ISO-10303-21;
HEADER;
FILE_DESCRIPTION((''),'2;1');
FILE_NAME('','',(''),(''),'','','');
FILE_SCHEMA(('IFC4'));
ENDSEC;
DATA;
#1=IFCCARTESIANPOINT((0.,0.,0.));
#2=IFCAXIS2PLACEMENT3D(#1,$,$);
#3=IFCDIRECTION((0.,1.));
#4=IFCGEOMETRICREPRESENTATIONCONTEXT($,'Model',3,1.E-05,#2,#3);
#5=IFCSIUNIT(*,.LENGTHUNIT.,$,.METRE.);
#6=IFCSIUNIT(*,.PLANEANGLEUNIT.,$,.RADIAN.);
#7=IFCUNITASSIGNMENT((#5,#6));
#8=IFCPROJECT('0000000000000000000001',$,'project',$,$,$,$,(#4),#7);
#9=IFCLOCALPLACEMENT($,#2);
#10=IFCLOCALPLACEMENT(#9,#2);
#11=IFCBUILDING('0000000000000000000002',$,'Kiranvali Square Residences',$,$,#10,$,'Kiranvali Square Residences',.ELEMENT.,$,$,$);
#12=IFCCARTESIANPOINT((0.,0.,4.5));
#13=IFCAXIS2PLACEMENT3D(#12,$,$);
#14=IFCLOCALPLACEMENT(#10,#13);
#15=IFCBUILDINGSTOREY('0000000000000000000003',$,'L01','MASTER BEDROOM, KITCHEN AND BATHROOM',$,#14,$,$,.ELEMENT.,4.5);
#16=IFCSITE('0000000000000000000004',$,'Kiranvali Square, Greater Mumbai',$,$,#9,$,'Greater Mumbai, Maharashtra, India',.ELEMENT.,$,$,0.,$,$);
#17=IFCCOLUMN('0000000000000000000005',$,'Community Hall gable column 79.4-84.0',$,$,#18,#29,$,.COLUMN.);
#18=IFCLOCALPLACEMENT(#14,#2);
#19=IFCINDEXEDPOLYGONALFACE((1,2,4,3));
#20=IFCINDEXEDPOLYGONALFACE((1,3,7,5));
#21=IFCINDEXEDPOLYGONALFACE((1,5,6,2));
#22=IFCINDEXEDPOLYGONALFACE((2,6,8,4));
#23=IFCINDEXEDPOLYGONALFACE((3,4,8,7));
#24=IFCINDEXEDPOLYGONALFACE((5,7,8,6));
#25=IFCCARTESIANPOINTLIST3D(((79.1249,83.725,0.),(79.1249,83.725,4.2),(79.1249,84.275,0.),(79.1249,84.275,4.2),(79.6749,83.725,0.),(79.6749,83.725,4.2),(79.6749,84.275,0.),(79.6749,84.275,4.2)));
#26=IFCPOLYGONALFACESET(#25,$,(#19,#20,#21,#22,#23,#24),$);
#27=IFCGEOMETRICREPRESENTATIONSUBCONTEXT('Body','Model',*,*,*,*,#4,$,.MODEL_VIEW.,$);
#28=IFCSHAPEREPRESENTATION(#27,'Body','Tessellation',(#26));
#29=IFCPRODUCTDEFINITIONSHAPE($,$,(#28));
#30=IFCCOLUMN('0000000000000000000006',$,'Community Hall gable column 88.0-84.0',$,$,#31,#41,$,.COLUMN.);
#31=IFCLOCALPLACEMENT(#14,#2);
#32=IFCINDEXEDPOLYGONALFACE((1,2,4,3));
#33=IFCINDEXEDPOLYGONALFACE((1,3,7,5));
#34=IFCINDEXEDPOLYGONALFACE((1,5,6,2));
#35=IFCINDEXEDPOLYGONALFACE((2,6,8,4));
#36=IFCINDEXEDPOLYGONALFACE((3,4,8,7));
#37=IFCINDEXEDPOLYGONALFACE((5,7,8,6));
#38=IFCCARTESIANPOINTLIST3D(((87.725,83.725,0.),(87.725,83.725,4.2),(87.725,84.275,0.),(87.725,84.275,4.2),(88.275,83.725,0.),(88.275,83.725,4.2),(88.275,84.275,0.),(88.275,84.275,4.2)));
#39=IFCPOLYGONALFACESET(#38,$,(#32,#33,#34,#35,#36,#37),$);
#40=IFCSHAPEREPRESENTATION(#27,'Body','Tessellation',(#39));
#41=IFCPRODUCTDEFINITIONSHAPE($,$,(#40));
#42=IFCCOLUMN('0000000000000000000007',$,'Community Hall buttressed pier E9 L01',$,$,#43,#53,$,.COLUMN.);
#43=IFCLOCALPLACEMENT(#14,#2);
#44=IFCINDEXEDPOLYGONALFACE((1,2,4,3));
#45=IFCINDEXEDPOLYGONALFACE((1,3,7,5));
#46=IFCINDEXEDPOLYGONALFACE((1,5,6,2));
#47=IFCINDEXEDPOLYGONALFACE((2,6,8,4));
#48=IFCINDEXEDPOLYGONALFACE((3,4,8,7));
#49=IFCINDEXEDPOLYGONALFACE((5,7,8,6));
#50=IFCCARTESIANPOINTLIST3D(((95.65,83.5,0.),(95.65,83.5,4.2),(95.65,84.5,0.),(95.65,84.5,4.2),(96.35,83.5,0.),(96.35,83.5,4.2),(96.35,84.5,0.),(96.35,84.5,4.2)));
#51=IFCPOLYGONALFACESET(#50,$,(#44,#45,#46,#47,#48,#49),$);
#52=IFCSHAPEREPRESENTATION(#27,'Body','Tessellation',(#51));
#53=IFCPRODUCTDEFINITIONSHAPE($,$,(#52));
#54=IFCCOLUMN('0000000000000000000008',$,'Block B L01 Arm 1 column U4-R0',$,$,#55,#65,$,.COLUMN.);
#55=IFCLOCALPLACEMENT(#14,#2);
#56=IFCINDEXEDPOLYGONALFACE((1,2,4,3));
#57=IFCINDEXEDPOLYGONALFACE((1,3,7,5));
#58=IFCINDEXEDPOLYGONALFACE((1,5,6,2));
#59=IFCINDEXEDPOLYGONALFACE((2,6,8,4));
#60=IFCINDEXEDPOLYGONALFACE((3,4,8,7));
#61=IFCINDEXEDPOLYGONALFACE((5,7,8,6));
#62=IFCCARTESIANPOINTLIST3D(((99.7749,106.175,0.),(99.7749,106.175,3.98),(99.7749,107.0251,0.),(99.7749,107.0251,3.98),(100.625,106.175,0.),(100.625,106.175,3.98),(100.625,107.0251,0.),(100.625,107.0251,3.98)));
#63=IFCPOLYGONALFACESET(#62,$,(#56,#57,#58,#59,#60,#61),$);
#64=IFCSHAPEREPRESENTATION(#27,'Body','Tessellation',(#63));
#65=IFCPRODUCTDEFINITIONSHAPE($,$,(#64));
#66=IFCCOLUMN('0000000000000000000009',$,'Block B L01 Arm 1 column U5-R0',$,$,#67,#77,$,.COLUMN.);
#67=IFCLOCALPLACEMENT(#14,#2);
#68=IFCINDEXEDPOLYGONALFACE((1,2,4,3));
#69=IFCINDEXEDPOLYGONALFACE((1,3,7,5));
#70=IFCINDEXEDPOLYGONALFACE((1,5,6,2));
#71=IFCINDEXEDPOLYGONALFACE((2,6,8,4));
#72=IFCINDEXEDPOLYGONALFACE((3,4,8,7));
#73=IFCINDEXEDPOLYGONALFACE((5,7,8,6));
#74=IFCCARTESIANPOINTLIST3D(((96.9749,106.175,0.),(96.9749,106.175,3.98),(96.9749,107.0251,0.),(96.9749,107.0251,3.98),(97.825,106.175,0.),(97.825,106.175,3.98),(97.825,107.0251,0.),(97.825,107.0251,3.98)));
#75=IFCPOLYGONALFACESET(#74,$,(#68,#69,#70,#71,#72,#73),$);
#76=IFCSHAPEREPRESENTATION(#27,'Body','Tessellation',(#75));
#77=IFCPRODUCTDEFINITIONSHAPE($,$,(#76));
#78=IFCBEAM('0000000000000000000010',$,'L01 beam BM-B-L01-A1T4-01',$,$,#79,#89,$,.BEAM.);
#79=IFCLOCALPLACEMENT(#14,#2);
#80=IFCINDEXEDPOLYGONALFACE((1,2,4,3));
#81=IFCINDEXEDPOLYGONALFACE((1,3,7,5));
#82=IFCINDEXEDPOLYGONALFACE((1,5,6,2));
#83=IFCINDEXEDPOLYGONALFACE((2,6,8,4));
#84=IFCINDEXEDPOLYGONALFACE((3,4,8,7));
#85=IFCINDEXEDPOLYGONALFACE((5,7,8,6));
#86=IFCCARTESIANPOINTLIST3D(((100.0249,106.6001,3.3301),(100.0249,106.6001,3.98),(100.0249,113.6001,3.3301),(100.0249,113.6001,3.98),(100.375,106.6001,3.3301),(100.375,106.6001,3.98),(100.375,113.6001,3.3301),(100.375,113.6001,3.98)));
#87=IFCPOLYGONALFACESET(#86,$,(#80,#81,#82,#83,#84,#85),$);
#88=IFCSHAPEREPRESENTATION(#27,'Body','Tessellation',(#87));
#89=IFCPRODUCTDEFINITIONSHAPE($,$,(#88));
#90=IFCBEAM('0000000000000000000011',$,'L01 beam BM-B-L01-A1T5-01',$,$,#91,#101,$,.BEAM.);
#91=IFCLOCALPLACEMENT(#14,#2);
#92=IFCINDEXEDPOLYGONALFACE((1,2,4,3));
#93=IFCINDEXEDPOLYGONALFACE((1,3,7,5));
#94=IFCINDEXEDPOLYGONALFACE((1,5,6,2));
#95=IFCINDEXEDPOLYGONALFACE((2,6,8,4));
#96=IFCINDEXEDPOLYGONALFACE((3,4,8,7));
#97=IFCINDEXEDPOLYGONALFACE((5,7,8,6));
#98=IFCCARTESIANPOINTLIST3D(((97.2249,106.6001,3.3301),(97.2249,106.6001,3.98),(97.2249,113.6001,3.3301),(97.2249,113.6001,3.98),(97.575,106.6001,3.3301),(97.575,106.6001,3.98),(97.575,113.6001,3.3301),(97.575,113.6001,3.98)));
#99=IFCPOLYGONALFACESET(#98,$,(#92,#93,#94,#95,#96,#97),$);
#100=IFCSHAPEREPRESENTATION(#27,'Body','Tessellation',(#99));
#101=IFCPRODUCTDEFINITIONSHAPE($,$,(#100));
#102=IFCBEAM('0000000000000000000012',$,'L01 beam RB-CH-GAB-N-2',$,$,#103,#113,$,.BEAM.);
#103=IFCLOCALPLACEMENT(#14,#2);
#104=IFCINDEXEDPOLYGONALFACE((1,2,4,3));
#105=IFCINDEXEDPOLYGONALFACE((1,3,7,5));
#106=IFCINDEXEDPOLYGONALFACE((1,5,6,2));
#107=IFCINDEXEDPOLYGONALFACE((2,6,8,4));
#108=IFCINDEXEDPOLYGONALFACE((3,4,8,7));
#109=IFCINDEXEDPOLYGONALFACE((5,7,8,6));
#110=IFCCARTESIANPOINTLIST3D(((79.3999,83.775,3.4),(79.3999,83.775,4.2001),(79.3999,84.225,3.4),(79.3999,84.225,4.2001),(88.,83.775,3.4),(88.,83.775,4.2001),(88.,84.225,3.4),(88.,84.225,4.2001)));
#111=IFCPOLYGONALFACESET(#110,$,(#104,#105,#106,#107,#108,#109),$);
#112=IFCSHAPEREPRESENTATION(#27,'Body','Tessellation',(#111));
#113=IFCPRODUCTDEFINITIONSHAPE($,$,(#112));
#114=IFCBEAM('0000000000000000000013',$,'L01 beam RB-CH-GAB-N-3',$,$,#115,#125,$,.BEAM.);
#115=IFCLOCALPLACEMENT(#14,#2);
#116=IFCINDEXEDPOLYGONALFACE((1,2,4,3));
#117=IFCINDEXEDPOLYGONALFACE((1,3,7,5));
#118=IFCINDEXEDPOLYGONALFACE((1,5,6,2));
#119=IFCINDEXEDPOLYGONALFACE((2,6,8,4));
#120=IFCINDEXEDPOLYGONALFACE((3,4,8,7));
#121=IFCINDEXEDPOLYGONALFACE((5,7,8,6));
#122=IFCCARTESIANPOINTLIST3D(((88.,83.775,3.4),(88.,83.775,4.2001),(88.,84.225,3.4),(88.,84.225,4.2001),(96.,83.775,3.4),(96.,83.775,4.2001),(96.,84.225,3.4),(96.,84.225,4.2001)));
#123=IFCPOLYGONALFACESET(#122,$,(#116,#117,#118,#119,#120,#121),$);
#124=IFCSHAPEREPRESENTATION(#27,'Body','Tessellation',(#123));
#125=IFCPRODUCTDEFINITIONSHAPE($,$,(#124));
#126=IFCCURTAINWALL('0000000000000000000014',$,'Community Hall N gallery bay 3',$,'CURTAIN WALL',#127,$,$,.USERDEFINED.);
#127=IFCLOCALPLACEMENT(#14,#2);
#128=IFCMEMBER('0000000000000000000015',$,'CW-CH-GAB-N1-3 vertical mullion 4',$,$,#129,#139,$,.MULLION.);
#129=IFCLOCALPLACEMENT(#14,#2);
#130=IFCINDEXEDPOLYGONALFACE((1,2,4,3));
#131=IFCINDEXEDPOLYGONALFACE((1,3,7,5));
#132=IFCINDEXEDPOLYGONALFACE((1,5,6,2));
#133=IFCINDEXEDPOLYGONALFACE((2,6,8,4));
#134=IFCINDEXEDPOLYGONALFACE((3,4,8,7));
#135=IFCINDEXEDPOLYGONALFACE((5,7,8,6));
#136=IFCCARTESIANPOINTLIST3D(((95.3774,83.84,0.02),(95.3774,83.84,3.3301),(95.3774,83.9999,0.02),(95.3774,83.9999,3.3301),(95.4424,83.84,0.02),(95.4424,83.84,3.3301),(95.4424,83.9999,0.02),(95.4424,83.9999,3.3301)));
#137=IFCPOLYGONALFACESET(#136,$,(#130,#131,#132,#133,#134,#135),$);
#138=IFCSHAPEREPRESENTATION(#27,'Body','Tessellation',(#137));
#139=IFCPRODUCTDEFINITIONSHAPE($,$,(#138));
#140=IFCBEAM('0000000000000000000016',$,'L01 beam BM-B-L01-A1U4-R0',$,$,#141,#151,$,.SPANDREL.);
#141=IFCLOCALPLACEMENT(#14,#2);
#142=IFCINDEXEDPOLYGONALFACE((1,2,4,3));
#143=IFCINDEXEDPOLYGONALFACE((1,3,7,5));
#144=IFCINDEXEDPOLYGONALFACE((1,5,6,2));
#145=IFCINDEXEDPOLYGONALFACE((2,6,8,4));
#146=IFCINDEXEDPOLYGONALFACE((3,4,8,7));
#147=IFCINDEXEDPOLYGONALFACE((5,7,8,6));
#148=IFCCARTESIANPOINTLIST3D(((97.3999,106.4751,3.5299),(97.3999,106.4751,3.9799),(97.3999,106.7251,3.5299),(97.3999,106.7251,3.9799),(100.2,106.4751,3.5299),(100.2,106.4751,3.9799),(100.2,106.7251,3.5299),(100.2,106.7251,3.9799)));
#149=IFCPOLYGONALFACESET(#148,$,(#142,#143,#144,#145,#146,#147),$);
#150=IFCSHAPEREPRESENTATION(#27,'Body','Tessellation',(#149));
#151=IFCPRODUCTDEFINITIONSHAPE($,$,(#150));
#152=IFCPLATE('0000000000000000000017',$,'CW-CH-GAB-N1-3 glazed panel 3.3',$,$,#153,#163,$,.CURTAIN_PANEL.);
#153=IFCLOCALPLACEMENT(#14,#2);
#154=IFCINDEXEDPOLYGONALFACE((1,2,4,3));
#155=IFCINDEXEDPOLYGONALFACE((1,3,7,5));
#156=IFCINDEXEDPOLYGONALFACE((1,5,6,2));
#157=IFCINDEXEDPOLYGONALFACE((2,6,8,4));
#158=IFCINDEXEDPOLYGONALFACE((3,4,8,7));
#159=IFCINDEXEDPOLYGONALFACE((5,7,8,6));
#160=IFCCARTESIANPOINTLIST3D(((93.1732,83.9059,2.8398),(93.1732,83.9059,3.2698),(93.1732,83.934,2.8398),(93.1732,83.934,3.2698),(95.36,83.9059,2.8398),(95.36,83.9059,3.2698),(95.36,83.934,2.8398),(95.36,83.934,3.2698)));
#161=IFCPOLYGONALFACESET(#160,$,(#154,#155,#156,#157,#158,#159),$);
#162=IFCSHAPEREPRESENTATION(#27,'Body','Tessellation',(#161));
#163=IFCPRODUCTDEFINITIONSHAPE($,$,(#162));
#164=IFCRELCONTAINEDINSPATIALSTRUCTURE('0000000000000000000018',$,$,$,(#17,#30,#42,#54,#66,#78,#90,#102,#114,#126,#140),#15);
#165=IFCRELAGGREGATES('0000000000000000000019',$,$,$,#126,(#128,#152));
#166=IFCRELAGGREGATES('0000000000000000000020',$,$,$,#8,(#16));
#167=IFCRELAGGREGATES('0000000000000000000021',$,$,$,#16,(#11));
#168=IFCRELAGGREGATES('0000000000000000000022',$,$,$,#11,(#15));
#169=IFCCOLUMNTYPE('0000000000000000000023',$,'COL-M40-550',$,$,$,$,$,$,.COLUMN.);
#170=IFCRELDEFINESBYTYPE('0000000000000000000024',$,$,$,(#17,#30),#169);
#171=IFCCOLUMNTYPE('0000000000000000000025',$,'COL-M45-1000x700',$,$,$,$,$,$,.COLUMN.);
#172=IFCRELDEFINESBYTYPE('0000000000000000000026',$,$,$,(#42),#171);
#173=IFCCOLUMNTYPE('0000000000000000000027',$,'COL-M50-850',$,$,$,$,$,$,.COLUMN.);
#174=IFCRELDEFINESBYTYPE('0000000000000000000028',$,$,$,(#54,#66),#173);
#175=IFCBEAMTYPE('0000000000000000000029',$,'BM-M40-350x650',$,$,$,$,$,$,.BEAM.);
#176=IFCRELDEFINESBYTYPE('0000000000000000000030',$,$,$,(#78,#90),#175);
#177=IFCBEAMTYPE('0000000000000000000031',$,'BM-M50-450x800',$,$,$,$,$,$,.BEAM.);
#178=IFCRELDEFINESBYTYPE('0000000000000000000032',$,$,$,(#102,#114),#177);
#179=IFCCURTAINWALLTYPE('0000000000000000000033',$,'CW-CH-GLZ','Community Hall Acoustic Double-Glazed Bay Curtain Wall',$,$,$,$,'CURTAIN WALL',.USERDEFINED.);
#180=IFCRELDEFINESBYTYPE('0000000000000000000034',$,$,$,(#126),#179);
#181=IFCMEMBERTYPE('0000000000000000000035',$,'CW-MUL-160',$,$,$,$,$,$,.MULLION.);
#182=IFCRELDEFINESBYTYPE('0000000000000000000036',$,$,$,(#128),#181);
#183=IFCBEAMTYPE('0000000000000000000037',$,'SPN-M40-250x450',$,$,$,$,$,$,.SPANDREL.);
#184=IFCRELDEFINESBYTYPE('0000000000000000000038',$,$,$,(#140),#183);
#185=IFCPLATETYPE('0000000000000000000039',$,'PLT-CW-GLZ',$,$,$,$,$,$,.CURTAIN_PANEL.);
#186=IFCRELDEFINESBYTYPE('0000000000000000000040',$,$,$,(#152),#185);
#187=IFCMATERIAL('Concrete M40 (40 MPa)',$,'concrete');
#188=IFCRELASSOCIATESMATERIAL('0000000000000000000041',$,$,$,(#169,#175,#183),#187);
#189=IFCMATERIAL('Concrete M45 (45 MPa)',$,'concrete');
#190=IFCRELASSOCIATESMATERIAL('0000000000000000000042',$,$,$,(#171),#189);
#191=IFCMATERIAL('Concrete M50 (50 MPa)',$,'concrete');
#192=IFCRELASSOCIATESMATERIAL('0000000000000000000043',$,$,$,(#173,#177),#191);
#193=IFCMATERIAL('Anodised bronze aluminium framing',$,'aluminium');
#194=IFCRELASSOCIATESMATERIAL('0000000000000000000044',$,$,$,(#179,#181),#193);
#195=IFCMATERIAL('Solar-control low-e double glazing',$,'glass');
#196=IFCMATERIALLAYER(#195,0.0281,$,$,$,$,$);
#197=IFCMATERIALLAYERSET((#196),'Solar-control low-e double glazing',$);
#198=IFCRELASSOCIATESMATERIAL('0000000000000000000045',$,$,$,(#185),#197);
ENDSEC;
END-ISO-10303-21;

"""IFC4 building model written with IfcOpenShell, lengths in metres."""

from ifc_helpers import new_model, si_unit, direction, frame, origin, origin_2d, place, context, subcontext, project, spatial, rectangle, extrude, material, layer, layer_set, material_profile, profile_set, type_object, element, aggregate, save


model = new_model("IFC4")

# Units and contexts
model_context = context("Model", 3, precision=1e-05, world=origin(), true_north=direction((0.0, 1.0)))
body_context = subcontext(model_context, "Body", "Model", "MODEL_VIEW")
ifc_project = project(units=[si_unit("LENGTHUNIT", "METRE"), si_unit("PLANEANGLEUNIT", "RADIAN")], contexts=[model_context])

# Site, building, storey
site_placement = place(None, origin())
site = spatial("IfcSite", under=ifc_project, at=site_placement, Name="Kiranvali Square, Greater Mumbai", LongName="Greater Mumbai, Maharashtra, India", CompositionType="ELEMENT", RefElevation=0.0)
building_placement = place(site_placement, origin())
building = spatial("IfcBuilding", under=site, at=building_placement, Name="Kiranvali Square Residences", LongName="Kiranvali Square Residences", CompositionType="ELEMENT")
storey_placement = place(building_placement, frame((0.0, 0.0, 4.5)))
storey = spatial("IfcBuildingStorey", under=building, at=storey_placement, Name="L01", Description="MASTER BEDROOM, KITCHEN AND BATHROOM", CompositionType="ELEMENT", Elevation=4.5)

# Columns
ifc_material_1 = material(Name="Concrete M40 (40 MPa)", Category="concrete")
ifc_material_profile_1 = material_profile(ifc_material_1, rectangle(XDim=0.55, YDim=0.55, at=origin_2d()), Name="RC 550x550")
ifc_profile_set_1 = profile_set([ifc_material_profile_1], Name="Concrete M40 (40 MPa)")
column_type_1 = type_object("IfcColumnType", Name="COL-M40-550", PredefinedType="COLUMN", material=ifc_profile_set_1)
for number, where, z_axis, x_axis, name in (
    (1, (79.3999, 84.0, 0.0), (0.0, 0.0, 1.0), (1.0, 0.0, 0.0), "Community Hall gable column 79.4-84.0"),
    (2, (88.0, 84.0, 0.0), (0.0, 0.0, 1.0), (1.0, 0.0, 0.0), "Community Hall gable column 88.0-84.0"),
):
    element("IfcColumn", number, at=place(storey_placement, frame(where, z_axis=z_axis, x_axis=x_axis)), inside=storey, type_object=column_type_1, Name=name, PredefinedType="COLUMN", context=body_context, shape_type="SweptSolid", body=[
        extrude(rectangle(XDim=0.55, YDim=0.55, at=origin_2d()), origin(), (0.0, 0.0, 1.0), 4.2),
    ])
ifc_material_2 = material(Name="Concrete M45 (45 MPa)", Category="concrete")
ifc_material_profile_2 = material_profile(ifc_material_2, rectangle(XDim=0.7, YDim=1.0, at=origin_2d()), Name="RC 1000x700")
ifc_profile_set_2 = profile_set([ifc_material_profile_2], Name="Concrete M45 (45 MPa)")
column_type_2 = type_object("IfcColumnType", Name="COL-M45-1000x700", PredefinedType="COLUMN", material=ifc_profile_set_2)
column_placement = place(storey_placement, frame((96.0, 84.0, 0.0), z_axis=(0.0, 0.0, 1.0), x_axis=(1.0, 0.0, 0.0)))
element("IfcColumn", 3, at=column_placement, inside=storey, type_object=column_type_2, Name="Community Hall buttressed pier E9 L01", PredefinedType="COLUMN", context=body_context, shape_type="SweptSolid", body=[
    extrude(rectangle(XDim=0.7, YDim=1.0, at=origin_2d()), origin(), (0.0, 0.0, 1.0), 4.2),
])
ifc_material_3 = material(Name="Concrete M50 (50 MPa)", Category="concrete")
ifc_material_profile_3 = material_profile(ifc_material_3, rectangle(XDim=0.8501, YDim=0.8501, at=origin_2d()), Name="RC 850x850")
ifc_profile_set_3 = profile_set([ifc_material_profile_3], Name="Concrete M50 (50 MPa)")
column_type_3 = type_object("IfcColumnType", Name="COL-M50-850", PredefinedType="COLUMN", material=ifc_profile_set_3)
for number, where, z_axis, x_axis, name in (
    (4, (100.2, 106.6001, 0.0), (0.0, 0.0, 1.0), (1.0, 0.0, 0.0), "Block B L01 Arm 1 column U4-R0"),
    (5, (97.3999, 106.6001, 0.0), (0.0, 0.0, 1.0), (1.0, 0.0, 0.0), "Block B L01 Arm 1 column U5-R0"),
):
    element("IfcColumn", number, at=place(storey_placement, frame(where, z_axis=z_axis, x_axis=x_axis)), inside=storey, type_object=column_type_3, Name=name, PredefinedType="COLUMN", context=body_context, shape_type="SweptSolid", body=[
        extrude(rectangle(XDim=0.8501, YDim=0.8501, at=origin_2d()), origin(), (0.0, 0.0, 1.0), 3.98),
    ])

# Beams
ifc_material_profile_4 = material_profile(ifc_material_1, rectangle(XDim=0.3501, YDim=0.6499, at=origin_2d()), Name="RC 350x650")
ifc_profile_set_4 = profile_set([ifc_material_profile_4], Name="Concrete M40 (40 MPa)")
beam_type_1 = type_object("IfcBeamType", Name="BM-M40-350x650", PredefinedType="BEAM", material=ifc_profile_set_4)
for number, where, z_axis, x_axis, name in (
    (6, (100.2, 106.6001, 3.655), (0.0, 1.0, 0.0), (-1.0, 0.0, 0.0), "L01 beam BM-B-L01-A1T4-01"),
    (7, (97.3999, 106.6001, 3.655), (0.0, 1.0, 0.0), (-1.0, 0.0, 0.0), "L01 beam BM-B-L01-A1T5-01"),
):
    element("IfcBeam", number, at=place(storey_placement, frame(where, z_axis=z_axis, x_axis=x_axis)), inside=storey, type_object=beam_type_1, Name=name, PredefinedType="BEAM", context=body_context, shape_type="SweptSolid", body=[
        extrude(rectangle(XDim=0.3501, YDim=0.6499, at=origin_2d()), origin(), (0.0, 0.0, 1.0), 7.0),
    ])
ifc_material_profile_5 = material_profile(ifc_material_3, rectangle(XDim=0.45, YDim=0.8, at=origin_2d()), Name="RC 450x800")
ifc_profile_set_5 = profile_set([ifc_material_profile_5], Name="Concrete M50 (50 MPa)")
beam_type_2 = type_object("IfcBeamType", Name="BM-M50-450x800", PredefinedType="BEAM", material=ifc_profile_set_5)
beam_1_placement = place(storey_placement, frame((79.3999, 84.0, 3.8), z_axis=(1.0, 0.0, 0.0), x_axis=(0.0, 1.0, 0.0)))
element("IfcBeam", 8, at=beam_1_placement, inside=storey, type_object=beam_type_2, Name="L01 beam RB-CH-GAB-N-2", PredefinedType="BEAM", context=body_context, shape_type="SweptSolid", body=[
    extrude(rectangle(XDim=0.45, YDim=0.8, at=origin_2d()), origin(), (0.0, 0.0, 1.0), 8.6001),
])
beam_2_placement = place(storey_placement, frame((88.0, 84.0, 3.8), z_axis=(1.0, 0.0, 0.0), x_axis=(0.0, 1.0, 0.0)))
element("IfcBeam", 9, at=beam_2_placement, inside=storey, type_object=beam_type_2, Name="L01 beam RB-CH-GAB-N-3", PredefinedType="BEAM", context=body_context, shape_type="SweptSolid", body=[
    extrude(rectangle(XDim=0.45, YDim=0.8, at=origin_2d()), origin(), (0.0, 0.0, 1.0), 8.0),
])

# Curtain wall, member
ifc_material_4 = material(Name="Anodised bronze aluminium framing", Category="aluminium")
curtain_wall_type = type_object("IfcCurtainWallType", Name="CW-CH-GLZ", Description="Community Hall Acoustic Double-Glazed Bay Curtain Wall", ElementType="CURTAIN WALL", PredefinedType="USERDEFINED", material=ifc_material_4)
curtain_wall_placement = place(storey_placement, origin())
curtain_wall = element("IfcCurtainWall", 10, at=curtain_wall_placement, inside=storey, type_object=curtain_wall_type, Name="Community Hall N gallery bay 3", ObjectType="CURTAIN WALL", PredefinedType="USERDEFINED")
ifc_material_profile_6 = material_profile(ifc_material_4, rectangle(XDim=0.0649, YDim=0.1599, at=origin_2d()), Name="ALU 65x160")
ifc_profile_set_6 = profile_set([ifc_material_profile_6], Name="Anodised bronze aluminium framing")
member_type = type_object("IfcMemberType", Name="CW-MUL-160", PredefinedType="MULLION", material=ifc_profile_set_6)
member_placement = place(storey_placement, frame((95.4099, 83.9199, 0.02), z_axis=(0.0, 0.0, 1.0), x_axis=(1.0, 0.0, 0.0)))
member = element("IfcMember", 11, at=member_placement, type_object=member_type, Name="CW-CH-GAB-N1-3 vertical mullion 4", PredefinedType="MULLION", context=body_context, shape_type="SweptSolid", body=[
    extrude(rectangle(XDim=0.0649, YDim=0.1599, at=origin_2d()), origin(), (0.0, 0.0, 1.0), 3.3101),
])

# Beam
ifc_material_profile_7 = material_profile(ifc_material_1, rectangle(XDim=0.25, YDim=0.45, at=origin_2d()), Name="RC 250x450")
ifc_profile_set_7 = profile_set([ifc_material_profile_7], Name="Concrete M40 (40 MPa)")
beam_type_3 = type_object("IfcBeamType", Name="SPN-M40-250x450", PredefinedType="SPANDREL", material=ifc_profile_set_7)
beam_3_placement = place(storey_placement, frame((100.2, 106.6001, 3.7549), z_axis=(-1.0, 0.0, 0.0), x_axis=(0.0, -1.0, 0.0)))
element("IfcBeam", 12, at=beam_3_placement, inside=storey, type_object=beam_type_3, Name="L01 beam BM-B-L01-A1U4-R0", PredefinedType="SPANDREL", context=body_context, shape_type="SweptSolid", body=[
    extrude(rectangle(XDim=0.25, YDim=0.45, at=origin_2d()), origin(), (0.0, 0.0, 1.0), 2.8),
])

# Plate
ifc_material_5 = material(Name="Solar-control low-e double glazing", Category="glass")
ifc_layer_1 = layer(ifc_material_5, 0.0281)
ifc_layer_set_1 = layer_set([ifc_layer_1], Name="Solar-control low-e double glazing")
plate_type = type_object("IfcPlateType", Name="PLT-CW-GLZ", PredefinedType="CURTAIN_PANEL", material=ifc_layer_set_1)
plate_placement = place(storey_placement, frame((94.2666, 83.9199, 2.8398), z_axis=(0.0, 0.0, 1.0), x_axis=(1.0, 0.0, 0.0)))
plate = element("IfcPlate", 13, at=plate_placement, type_object=plate_type, Name="CW-CH-GAB-N1-3 glazed panel 3.3", PredefinedType="CURTAIN_PANEL", context=body_context, shape_type="SweptSolid", body=[
    extrude(rectangle(XDim=2.1868, YDim=0.0281, at=origin_2d()), origin(), (0.0, 0.0, 1.0), 0.4299),
])
aggregate(curtain_wall, [member, plate])

save(model, "model.ifc")
